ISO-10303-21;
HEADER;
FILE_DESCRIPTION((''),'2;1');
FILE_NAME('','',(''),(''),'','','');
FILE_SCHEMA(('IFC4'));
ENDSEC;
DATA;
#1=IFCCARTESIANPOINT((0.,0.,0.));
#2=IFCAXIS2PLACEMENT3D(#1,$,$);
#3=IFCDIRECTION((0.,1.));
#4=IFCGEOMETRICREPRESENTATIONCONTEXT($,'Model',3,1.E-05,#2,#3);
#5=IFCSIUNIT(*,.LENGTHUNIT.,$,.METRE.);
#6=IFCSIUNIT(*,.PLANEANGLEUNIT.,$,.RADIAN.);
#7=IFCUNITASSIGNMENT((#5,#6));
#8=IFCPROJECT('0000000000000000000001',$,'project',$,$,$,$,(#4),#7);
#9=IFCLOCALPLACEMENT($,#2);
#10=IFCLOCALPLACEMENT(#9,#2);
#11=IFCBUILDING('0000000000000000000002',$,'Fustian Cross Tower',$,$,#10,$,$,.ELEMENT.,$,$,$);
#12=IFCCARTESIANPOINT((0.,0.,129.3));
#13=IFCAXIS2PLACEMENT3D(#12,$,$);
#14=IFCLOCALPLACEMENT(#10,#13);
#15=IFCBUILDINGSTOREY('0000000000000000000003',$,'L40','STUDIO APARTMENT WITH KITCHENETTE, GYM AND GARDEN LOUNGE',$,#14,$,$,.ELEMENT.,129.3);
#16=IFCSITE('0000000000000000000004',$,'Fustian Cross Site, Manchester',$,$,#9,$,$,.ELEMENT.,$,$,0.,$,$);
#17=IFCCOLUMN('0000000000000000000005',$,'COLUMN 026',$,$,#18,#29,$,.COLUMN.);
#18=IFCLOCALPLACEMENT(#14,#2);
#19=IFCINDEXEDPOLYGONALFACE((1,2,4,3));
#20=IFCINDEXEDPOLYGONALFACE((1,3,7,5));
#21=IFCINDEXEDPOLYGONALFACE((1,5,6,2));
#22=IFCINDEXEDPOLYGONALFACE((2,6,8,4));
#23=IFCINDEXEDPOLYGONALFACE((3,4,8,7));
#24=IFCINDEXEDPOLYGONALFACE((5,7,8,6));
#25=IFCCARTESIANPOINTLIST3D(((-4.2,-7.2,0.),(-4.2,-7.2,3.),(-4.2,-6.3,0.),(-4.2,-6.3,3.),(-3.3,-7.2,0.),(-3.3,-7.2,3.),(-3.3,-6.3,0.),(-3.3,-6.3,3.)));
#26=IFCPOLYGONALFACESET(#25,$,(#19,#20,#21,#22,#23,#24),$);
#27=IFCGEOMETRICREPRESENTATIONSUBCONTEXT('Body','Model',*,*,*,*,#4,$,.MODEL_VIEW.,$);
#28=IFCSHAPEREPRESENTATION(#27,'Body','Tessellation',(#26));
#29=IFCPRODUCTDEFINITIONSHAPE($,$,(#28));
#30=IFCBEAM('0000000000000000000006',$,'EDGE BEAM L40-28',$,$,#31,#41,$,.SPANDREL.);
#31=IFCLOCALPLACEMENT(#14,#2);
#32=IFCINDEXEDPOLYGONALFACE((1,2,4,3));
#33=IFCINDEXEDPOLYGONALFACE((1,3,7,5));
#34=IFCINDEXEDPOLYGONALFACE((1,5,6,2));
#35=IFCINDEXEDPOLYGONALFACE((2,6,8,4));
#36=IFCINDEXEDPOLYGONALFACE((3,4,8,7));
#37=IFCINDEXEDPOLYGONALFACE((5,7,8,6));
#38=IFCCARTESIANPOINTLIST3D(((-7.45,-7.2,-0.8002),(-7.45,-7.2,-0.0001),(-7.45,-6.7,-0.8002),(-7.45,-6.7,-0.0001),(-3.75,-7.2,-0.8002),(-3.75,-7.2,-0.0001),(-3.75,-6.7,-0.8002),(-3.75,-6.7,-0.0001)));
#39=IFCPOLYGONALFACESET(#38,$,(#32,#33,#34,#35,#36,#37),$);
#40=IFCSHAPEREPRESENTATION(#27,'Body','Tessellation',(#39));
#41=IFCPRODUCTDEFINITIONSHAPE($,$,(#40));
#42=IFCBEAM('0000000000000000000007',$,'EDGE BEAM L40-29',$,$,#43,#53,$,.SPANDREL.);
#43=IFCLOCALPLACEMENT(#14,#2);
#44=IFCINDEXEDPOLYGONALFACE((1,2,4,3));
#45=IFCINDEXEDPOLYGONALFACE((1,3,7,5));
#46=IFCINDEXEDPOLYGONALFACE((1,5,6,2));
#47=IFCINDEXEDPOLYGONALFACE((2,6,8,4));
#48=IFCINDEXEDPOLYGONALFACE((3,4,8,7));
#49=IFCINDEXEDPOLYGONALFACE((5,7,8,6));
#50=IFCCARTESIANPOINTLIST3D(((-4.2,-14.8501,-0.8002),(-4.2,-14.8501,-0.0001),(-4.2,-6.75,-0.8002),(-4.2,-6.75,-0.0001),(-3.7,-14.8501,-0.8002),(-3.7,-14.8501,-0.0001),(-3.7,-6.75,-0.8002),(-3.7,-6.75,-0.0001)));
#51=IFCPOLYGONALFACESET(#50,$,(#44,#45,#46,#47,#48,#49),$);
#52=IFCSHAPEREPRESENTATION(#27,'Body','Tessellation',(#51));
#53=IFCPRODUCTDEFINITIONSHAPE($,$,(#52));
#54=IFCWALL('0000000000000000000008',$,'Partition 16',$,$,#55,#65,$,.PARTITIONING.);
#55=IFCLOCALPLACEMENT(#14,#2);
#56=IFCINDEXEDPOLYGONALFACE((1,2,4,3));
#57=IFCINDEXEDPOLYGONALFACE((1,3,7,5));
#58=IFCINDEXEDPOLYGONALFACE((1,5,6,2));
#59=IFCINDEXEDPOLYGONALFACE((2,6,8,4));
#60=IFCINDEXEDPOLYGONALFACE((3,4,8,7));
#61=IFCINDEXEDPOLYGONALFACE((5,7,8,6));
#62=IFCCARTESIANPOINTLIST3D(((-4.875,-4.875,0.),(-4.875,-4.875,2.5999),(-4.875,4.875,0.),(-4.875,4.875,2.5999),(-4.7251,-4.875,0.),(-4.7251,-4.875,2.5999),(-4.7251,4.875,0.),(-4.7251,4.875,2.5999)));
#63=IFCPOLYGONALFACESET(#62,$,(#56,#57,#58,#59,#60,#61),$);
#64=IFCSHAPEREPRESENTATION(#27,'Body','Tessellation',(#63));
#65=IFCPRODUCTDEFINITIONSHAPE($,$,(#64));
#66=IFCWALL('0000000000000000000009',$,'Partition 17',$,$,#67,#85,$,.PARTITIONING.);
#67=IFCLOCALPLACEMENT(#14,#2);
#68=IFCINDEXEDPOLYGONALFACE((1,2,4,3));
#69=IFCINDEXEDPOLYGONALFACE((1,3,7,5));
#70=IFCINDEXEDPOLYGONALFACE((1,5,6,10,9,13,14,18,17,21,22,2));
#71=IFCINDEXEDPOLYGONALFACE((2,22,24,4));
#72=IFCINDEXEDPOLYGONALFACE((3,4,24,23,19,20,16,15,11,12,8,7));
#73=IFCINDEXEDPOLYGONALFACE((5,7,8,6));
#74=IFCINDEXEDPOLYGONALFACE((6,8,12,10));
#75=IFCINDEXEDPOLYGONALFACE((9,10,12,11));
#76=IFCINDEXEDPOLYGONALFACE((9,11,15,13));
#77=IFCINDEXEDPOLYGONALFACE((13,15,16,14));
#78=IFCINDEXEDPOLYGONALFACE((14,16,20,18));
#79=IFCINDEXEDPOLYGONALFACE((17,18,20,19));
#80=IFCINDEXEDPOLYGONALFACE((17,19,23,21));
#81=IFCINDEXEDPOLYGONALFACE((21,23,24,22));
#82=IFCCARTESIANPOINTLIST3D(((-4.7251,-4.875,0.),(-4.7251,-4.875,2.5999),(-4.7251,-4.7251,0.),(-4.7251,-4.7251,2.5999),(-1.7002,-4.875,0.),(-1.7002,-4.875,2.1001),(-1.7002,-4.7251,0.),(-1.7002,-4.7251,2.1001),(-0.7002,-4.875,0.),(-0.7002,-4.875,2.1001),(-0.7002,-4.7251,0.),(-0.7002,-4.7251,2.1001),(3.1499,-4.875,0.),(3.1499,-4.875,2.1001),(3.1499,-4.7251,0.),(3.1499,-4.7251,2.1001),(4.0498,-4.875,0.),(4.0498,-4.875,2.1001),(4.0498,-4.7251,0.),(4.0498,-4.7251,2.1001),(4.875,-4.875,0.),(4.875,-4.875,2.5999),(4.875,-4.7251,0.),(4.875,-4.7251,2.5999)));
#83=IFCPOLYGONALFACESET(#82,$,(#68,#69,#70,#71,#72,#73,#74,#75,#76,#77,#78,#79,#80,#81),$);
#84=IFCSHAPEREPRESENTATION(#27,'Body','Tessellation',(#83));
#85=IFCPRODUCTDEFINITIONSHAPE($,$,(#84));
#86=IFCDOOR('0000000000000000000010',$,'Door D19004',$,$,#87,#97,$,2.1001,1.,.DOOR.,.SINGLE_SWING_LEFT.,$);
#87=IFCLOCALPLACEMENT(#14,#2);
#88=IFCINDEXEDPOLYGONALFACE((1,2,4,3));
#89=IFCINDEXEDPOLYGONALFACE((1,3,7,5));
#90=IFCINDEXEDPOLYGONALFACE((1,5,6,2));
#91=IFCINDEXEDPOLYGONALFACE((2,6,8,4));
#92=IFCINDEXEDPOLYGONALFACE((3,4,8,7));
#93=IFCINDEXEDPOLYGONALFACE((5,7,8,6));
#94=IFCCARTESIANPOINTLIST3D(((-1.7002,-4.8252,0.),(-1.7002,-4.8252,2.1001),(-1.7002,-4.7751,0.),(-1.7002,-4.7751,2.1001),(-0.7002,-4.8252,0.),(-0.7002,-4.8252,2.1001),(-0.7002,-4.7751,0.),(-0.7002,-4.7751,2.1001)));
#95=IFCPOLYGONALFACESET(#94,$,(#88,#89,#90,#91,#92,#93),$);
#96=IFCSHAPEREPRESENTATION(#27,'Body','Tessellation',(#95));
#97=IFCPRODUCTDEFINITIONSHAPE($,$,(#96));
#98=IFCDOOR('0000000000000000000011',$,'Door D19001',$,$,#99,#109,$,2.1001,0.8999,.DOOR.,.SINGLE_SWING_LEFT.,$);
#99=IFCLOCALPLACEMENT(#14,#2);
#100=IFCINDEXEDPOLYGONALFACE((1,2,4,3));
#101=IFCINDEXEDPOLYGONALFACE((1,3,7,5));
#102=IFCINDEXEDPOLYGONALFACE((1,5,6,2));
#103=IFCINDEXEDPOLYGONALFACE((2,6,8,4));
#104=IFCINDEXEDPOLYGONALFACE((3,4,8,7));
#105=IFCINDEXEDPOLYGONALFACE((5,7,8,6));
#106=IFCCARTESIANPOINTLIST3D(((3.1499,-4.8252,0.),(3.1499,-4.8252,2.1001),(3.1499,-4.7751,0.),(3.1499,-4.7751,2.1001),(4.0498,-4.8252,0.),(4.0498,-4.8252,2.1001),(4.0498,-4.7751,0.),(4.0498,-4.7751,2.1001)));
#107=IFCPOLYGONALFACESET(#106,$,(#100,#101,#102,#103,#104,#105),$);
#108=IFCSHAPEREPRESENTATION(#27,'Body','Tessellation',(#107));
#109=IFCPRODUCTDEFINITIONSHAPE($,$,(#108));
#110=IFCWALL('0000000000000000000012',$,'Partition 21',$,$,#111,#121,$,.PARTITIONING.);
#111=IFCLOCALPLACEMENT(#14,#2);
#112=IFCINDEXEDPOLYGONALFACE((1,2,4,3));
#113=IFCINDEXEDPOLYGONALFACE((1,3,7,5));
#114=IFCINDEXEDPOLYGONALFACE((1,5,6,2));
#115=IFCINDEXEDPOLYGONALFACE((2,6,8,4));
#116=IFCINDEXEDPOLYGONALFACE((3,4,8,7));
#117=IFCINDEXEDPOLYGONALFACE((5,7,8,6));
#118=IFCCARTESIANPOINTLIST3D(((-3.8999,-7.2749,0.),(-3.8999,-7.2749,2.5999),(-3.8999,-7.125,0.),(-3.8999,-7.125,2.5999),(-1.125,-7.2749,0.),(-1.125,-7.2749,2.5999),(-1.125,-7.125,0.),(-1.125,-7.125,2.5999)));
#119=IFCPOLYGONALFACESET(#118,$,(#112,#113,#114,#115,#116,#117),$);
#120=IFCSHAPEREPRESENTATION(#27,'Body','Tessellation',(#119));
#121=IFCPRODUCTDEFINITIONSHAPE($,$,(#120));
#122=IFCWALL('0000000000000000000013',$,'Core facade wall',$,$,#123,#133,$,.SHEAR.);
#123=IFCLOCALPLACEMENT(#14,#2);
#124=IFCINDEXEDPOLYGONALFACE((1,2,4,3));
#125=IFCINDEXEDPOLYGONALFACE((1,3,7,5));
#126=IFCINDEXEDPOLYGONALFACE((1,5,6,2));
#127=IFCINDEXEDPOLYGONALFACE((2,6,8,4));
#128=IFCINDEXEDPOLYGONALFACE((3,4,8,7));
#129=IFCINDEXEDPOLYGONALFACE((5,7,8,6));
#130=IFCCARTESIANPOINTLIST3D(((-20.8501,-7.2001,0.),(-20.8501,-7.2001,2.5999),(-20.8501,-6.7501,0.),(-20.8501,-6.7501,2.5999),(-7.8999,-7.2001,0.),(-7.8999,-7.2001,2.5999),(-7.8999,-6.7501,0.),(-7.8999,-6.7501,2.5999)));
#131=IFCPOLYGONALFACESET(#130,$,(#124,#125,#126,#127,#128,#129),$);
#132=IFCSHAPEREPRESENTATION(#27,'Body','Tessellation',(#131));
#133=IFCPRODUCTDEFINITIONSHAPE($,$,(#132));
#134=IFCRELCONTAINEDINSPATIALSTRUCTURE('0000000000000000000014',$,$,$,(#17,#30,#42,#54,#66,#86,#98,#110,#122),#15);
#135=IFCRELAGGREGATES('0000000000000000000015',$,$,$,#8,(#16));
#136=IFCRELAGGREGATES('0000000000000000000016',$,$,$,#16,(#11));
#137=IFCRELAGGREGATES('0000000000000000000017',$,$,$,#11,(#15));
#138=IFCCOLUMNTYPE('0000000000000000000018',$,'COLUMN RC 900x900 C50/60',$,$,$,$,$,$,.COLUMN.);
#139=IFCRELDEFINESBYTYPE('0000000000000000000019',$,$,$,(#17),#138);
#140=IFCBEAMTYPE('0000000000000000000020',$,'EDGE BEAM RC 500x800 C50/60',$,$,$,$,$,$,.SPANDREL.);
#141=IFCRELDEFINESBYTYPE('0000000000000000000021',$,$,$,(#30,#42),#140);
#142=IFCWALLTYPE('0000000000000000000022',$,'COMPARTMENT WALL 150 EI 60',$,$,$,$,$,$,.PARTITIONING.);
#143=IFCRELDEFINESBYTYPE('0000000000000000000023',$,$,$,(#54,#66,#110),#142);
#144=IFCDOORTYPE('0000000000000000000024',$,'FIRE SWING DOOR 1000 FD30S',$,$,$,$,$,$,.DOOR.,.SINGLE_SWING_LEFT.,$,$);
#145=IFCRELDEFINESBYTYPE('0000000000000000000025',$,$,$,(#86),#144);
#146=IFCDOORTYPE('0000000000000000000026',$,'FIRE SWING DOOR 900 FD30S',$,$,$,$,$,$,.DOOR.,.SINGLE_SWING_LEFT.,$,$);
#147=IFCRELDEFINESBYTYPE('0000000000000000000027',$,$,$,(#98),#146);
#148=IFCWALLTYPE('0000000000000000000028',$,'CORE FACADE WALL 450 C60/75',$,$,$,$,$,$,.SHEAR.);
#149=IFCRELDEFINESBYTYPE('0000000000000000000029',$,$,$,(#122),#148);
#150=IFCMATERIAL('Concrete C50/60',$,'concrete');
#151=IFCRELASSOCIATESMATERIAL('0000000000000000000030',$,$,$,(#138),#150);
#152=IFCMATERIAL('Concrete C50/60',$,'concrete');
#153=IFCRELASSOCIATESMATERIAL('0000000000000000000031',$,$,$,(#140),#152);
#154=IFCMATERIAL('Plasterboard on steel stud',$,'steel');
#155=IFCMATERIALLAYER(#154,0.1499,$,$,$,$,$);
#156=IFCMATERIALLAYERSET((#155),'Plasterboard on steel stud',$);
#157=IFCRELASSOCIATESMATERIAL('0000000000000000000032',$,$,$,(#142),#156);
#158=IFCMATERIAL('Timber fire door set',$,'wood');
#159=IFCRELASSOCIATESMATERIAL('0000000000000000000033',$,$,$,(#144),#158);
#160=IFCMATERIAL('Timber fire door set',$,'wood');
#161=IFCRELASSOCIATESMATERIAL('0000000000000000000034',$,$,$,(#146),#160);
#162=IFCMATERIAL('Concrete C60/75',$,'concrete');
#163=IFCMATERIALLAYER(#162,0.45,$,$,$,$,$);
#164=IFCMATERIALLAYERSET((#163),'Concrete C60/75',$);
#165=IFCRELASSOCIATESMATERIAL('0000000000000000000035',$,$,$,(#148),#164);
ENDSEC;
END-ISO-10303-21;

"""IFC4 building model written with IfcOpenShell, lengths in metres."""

from ifc_helpers import new_model, si_unit, direction, frame, frame_2d, origin, origin_2d, place, context, subcontext, project, spatial, rectangle, extrude, material, layer, layer_set, material_profile, profile_set, type_object, element, fill, save


model = new_model("IFC4")

# Units and contexts
model_context = context("Model", 3, precision=1e-05, world=origin(), true_north=direction((0.0, 1.0)))
body_context = subcontext(model_context, "Body", "Model", "MODEL_VIEW")
ifc_project = project(units=[si_unit("LENGTHUNIT", "METRE"), si_unit("PLANEANGLEUNIT", "RADIAN")], contexts=[model_context])

# Site, building, storey
site_placement = place(None, origin())
site = spatial("IfcSite", under=ifc_project, at=site_placement, Name="Fustian Cross Site, Manchester", CompositionType="ELEMENT", RefElevation=0.0)
building_placement = place(site_placement, origin())
building = spatial("IfcBuilding", under=site, at=building_placement, Name="Fustian Cross Tower", CompositionType="ELEMENT")
storey_placement = place(building_placement, frame((0.0, 0.0, 129.3)))
storey = spatial("IfcBuildingStorey", under=building, at=storey_placement, Name="L40", Description="STUDIO APARTMENT WITH KITCHENETTE, GYM AND GARDEN LOUNGE", CompositionType="ELEMENT", Elevation=129.3)

# Column
ifc_material_1 = material(Name="Concrete C50/60", Category="concrete")
ifc_material_profile_1 = material_profile(ifc_material_1, rectangle(XDim=0.8999, YDim=0.8999, at=origin_2d()), Name="RC 900x900")
ifc_profile_set_1 = profile_set([ifc_material_profile_1], Name="Concrete C50/60")
column_type = type_object("IfcColumnType", Name="COLUMN RC 900x900 C50/60", PredefinedType="COLUMN", material=ifc_profile_set_1)
column_placement = place(storey_placement, frame((-3.75, -6.75, 0.0), z_axis=(0.0, 0.0, 1.0), x_axis=(1.0, 0.0, 0.0)))
element("IfcColumn", 1, at=column_placement, inside=storey, type_object=column_type, Name="COLUMN 026", PredefinedType="COLUMN", context=body_context, shape_type="SweptSolid", body=[
    extrude(rectangle(XDim=0.8999, YDim=0.8999, at=origin_2d()), origin(), (0.0, 0.0, 1.0), 3.0),
])

# Beams
ifc_material_2 = material(Name="Concrete C50/60", Category="concrete")
ifc_material_profile_2 = material_profile(ifc_material_2, rectangle(XDim=0.5, YDim=0.8, at=origin_2d()), Name="RC 500x800")
ifc_profile_set_2 = profile_set([ifc_material_profile_2], Name="Concrete C50/60")
beam_type = type_object("IfcBeamType", Name="EDGE BEAM RC 500x800 C50/60", PredefinedType="SPANDREL", material=ifc_profile_set_2)
beam_1_placement = place(storey_placement, frame((-7.45, -6.95, -0.4001), z_axis=(1.0, 0.0, 0.0), x_axis=(0.0, 1.0, 0.0)))
element("IfcBeam", 2, at=beam_1_placement, inside=storey, type_object=beam_type, Name="EDGE BEAM L40-28", PredefinedType="SPANDREL", context=body_context, shape_type="SweptSolid", body=[
    extrude(rectangle(XDim=0.5, YDim=0.8, at=origin_2d()), origin(), (0.0, 0.0, 1.0), 3.7),
])
beam_2_placement = place(storey_placement, frame((-3.95, -6.75, -0.4001), z_axis=(0.0, -1.0, 0.0), x_axis=(1.0, 0.0, 0.0)))
element("IfcBeam", 3, at=beam_2_placement, inside=storey, type_object=beam_type, Name="EDGE BEAM L40-29", PredefinedType="SPANDREL", context=body_context, shape_type="SweptSolid", body=[
    extrude(rectangle(XDim=0.5, YDim=0.8, at=origin_2d()), origin(), (0.0, 0.0, 1.0), 8.1001),
])

# Wall
ifc_material_3 = material(Name="Plasterboard on steel stud", Category="steel")
ifc_layer_1 = layer(ifc_material_3, 0.1499)
ifc_layer_set_1 = layer_set([ifc_layer_1], Name="Plasterboard on steel stud")
wall_type_1 = type_object("IfcWallType", Name="COMPARTMENT WALL 150 EI 60", PredefinedType="PARTITIONING", material=ifc_layer_set_1)
wall_1_placement = place(storey_placement, frame((-4.8, -4.875, 0.0), z_axis=(0.0, 0.0, 1.0), x_axis=(0.0, 1.0, 0.0)))
element("IfcWall", 4, at=wall_1_placement, inside=storey, type_object=wall_type_1, Name="Partition 16", PredefinedType="PARTITIONING", context=body_context, shape_type="SweptSolid", body=[
    extrude(rectangle(XDim=9.75, YDim=0.1499, at=frame_2d((4.875, 0.0))), origin(), (0.0, 0.0, 1.0), 2.5999),
])

# Wall, openings, doors
wall_2_placement = place(storey_placement, frame((-4.7251, -4.8, 0.0), z_axis=(0.0, 0.0, 1.0), x_axis=(1.0, 0.0, 0.0)))
wall_2 = element("IfcWall", 5, at=wall_2_placement, inside=storey, type_object=wall_type_1, Name="Partition 17", PredefinedType="PARTITIONING", context=body_context, shape_type="SweptSolid", body=[
    extrude(rectangle(XDim=9.6001, YDim=0.1499, at=frame_2d((4.8, 0.0))), origin(), (0.0, 0.0, 1.0), 2.5999),
])
opening_1_placement = place(wall_2_placement, frame((7.875, 0.0, 0.0)))
opening_1 = element("IfcOpeningElement", 6, at=opening_1_placement, cuts=wall_2, PredefinedType="OPENING", context=body_context, shape_type="SweptSolid", body=[
    extrude(rectangle(XDim=0.8999, YDim=2.1001, at=frame_2d((0.45, 1.05))), frame((0.0, 0.085, 0.0), z_axis=(0.0, -1.0, 0.0), x_axis=(1.0, 0.0, 0.0)), (0.0, 0.0, 1.0), 0.1699),
])
opening_2_placement = place(wall_2_placement, frame((3.0249, 0.0, 0.0)))
opening_2 = element("IfcOpeningElement", 7, at=opening_2_placement, cuts=wall_2, PredefinedType="OPENING", context=body_context, shape_type="SweptSolid", body=[
    extrude(rectangle(XDim=1.0, YDim=2.1001, at=frame_2d((0.5, 1.05))), frame((0.0, 0.085, 0.0), z_axis=(0.0, -1.0, 0.0), x_axis=(1.0, 0.0, 0.0)), (0.0, 0.0, 1.0), 0.1699),
])
ifc_material_4 = material(Name="Timber fire door set", Category="wood")
door_type_1 = type_object("IfcDoorType", Name="FIRE SWING DOOR 1000 FD30S", OperationType="SINGLE_SWING_LEFT", PredefinedType="DOOR", material=ifc_material_4)
door_1_placement = place(opening_2_placement, origin())
door_1 = element("IfcDoor", 8, at=door_1_placement, inside=storey, type_object=door_type_1, Name="Door D19004", OperationType="SINGLE_SWING_LEFT", OverallHeight=2.1001, OverallWidth=1.0, PredefinedType="DOOR", context=body_context, shape_type="SweptSolid", body=[
    extrude(rectangle(XDim=1.0, YDim=2.1001, at=frame_2d((0.5, 1.05))), frame((0.0, 0.0249, 0.0), z_axis=(0.0, -1.0, 0.0), x_axis=(1.0, 0.0, 0.0)), (0.0, 0.0, 1.0), 0.05),
])
fill(opening_2, door_1)
ifc_material_5 = material(Name="Timber fire door set", Category="wood")
door_type_2 = type_object("IfcDoorType", Name="FIRE SWING DOOR 900 FD30S", OperationType="SINGLE_SWING_LEFT", PredefinedType="DOOR", material=ifc_material_5)
door_2_placement = place(opening_1_placement, origin())
door_2 = element("IfcDoor", 9, at=door_2_placement, inside=storey, type_object=door_type_2, Name="Door D19001", OperationType="SINGLE_SWING_LEFT", OverallHeight=2.1001, OverallWidth=0.8999, PredefinedType="DOOR", context=body_context, shape_type="SweptSolid", body=[
    extrude(rectangle(XDim=0.8999, YDim=2.1001, at=frame_2d((0.45, 1.05))), frame((0.0, 0.0249, 0.0), z_axis=(0.0, -1.0, 0.0), x_axis=(1.0, 0.0, 0.0)), (0.0, 0.0, 1.0), 0.05),
])
fill(opening_1, door_2)

# Walls
wall_3_placement = place(storey_placement, frame((-3.8999, -7.2, 0.0), z_axis=(0.0, 0.0, 1.0), x_axis=(1.0, 0.0, 0.0)))
element("IfcWall", 10, at=wall_3_placement, inside=storey, type_object=wall_type_1, Name="Partition 21", PredefinedType="PARTITIONING", context=body_context, shape_type="SweptSolid", body=[
    extrude(rectangle(XDim=2.7749, YDim=0.1499, at=frame_2d((1.3875, 0.0))), origin(), (0.0, 0.0, 1.0), 2.5999),
])
ifc_material_6 = material(Name="Concrete C60/75", Category="concrete")
ifc_layer_2 = layer(ifc_material_6, 0.45)
ifc_layer_set_2 = layer_set([ifc_layer_2], Name="Concrete C60/75")
wall_type_2 = type_object("IfcWallType", Name="CORE FACADE WALL 450 C60/75", PredefinedType="SHEAR", material=ifc_layer_set_2)
wall_4_placement = place(storey_placement, frame((-7.8999, -6.9751, 0.0), z_axis=(0.0, 0.0, 1.0), x_axis=(-1.0, 0.0, 0.0)))
element("IfcWall", 11, at=wall_4_placement, inside=storey, type_object=wall_type_2, Name="Core facade wall", PredefinedType="SHEAR", context=body_context, shape_type="SweptSolid", body=[
    extrude(rectangle(XDim=12.9502, YDim=0.45, at=frame_2d((6.4751, 0.0))), origin(), (0.0, 0.0, 1.0), 2.5999),
])

save(model, "model.ifc")
